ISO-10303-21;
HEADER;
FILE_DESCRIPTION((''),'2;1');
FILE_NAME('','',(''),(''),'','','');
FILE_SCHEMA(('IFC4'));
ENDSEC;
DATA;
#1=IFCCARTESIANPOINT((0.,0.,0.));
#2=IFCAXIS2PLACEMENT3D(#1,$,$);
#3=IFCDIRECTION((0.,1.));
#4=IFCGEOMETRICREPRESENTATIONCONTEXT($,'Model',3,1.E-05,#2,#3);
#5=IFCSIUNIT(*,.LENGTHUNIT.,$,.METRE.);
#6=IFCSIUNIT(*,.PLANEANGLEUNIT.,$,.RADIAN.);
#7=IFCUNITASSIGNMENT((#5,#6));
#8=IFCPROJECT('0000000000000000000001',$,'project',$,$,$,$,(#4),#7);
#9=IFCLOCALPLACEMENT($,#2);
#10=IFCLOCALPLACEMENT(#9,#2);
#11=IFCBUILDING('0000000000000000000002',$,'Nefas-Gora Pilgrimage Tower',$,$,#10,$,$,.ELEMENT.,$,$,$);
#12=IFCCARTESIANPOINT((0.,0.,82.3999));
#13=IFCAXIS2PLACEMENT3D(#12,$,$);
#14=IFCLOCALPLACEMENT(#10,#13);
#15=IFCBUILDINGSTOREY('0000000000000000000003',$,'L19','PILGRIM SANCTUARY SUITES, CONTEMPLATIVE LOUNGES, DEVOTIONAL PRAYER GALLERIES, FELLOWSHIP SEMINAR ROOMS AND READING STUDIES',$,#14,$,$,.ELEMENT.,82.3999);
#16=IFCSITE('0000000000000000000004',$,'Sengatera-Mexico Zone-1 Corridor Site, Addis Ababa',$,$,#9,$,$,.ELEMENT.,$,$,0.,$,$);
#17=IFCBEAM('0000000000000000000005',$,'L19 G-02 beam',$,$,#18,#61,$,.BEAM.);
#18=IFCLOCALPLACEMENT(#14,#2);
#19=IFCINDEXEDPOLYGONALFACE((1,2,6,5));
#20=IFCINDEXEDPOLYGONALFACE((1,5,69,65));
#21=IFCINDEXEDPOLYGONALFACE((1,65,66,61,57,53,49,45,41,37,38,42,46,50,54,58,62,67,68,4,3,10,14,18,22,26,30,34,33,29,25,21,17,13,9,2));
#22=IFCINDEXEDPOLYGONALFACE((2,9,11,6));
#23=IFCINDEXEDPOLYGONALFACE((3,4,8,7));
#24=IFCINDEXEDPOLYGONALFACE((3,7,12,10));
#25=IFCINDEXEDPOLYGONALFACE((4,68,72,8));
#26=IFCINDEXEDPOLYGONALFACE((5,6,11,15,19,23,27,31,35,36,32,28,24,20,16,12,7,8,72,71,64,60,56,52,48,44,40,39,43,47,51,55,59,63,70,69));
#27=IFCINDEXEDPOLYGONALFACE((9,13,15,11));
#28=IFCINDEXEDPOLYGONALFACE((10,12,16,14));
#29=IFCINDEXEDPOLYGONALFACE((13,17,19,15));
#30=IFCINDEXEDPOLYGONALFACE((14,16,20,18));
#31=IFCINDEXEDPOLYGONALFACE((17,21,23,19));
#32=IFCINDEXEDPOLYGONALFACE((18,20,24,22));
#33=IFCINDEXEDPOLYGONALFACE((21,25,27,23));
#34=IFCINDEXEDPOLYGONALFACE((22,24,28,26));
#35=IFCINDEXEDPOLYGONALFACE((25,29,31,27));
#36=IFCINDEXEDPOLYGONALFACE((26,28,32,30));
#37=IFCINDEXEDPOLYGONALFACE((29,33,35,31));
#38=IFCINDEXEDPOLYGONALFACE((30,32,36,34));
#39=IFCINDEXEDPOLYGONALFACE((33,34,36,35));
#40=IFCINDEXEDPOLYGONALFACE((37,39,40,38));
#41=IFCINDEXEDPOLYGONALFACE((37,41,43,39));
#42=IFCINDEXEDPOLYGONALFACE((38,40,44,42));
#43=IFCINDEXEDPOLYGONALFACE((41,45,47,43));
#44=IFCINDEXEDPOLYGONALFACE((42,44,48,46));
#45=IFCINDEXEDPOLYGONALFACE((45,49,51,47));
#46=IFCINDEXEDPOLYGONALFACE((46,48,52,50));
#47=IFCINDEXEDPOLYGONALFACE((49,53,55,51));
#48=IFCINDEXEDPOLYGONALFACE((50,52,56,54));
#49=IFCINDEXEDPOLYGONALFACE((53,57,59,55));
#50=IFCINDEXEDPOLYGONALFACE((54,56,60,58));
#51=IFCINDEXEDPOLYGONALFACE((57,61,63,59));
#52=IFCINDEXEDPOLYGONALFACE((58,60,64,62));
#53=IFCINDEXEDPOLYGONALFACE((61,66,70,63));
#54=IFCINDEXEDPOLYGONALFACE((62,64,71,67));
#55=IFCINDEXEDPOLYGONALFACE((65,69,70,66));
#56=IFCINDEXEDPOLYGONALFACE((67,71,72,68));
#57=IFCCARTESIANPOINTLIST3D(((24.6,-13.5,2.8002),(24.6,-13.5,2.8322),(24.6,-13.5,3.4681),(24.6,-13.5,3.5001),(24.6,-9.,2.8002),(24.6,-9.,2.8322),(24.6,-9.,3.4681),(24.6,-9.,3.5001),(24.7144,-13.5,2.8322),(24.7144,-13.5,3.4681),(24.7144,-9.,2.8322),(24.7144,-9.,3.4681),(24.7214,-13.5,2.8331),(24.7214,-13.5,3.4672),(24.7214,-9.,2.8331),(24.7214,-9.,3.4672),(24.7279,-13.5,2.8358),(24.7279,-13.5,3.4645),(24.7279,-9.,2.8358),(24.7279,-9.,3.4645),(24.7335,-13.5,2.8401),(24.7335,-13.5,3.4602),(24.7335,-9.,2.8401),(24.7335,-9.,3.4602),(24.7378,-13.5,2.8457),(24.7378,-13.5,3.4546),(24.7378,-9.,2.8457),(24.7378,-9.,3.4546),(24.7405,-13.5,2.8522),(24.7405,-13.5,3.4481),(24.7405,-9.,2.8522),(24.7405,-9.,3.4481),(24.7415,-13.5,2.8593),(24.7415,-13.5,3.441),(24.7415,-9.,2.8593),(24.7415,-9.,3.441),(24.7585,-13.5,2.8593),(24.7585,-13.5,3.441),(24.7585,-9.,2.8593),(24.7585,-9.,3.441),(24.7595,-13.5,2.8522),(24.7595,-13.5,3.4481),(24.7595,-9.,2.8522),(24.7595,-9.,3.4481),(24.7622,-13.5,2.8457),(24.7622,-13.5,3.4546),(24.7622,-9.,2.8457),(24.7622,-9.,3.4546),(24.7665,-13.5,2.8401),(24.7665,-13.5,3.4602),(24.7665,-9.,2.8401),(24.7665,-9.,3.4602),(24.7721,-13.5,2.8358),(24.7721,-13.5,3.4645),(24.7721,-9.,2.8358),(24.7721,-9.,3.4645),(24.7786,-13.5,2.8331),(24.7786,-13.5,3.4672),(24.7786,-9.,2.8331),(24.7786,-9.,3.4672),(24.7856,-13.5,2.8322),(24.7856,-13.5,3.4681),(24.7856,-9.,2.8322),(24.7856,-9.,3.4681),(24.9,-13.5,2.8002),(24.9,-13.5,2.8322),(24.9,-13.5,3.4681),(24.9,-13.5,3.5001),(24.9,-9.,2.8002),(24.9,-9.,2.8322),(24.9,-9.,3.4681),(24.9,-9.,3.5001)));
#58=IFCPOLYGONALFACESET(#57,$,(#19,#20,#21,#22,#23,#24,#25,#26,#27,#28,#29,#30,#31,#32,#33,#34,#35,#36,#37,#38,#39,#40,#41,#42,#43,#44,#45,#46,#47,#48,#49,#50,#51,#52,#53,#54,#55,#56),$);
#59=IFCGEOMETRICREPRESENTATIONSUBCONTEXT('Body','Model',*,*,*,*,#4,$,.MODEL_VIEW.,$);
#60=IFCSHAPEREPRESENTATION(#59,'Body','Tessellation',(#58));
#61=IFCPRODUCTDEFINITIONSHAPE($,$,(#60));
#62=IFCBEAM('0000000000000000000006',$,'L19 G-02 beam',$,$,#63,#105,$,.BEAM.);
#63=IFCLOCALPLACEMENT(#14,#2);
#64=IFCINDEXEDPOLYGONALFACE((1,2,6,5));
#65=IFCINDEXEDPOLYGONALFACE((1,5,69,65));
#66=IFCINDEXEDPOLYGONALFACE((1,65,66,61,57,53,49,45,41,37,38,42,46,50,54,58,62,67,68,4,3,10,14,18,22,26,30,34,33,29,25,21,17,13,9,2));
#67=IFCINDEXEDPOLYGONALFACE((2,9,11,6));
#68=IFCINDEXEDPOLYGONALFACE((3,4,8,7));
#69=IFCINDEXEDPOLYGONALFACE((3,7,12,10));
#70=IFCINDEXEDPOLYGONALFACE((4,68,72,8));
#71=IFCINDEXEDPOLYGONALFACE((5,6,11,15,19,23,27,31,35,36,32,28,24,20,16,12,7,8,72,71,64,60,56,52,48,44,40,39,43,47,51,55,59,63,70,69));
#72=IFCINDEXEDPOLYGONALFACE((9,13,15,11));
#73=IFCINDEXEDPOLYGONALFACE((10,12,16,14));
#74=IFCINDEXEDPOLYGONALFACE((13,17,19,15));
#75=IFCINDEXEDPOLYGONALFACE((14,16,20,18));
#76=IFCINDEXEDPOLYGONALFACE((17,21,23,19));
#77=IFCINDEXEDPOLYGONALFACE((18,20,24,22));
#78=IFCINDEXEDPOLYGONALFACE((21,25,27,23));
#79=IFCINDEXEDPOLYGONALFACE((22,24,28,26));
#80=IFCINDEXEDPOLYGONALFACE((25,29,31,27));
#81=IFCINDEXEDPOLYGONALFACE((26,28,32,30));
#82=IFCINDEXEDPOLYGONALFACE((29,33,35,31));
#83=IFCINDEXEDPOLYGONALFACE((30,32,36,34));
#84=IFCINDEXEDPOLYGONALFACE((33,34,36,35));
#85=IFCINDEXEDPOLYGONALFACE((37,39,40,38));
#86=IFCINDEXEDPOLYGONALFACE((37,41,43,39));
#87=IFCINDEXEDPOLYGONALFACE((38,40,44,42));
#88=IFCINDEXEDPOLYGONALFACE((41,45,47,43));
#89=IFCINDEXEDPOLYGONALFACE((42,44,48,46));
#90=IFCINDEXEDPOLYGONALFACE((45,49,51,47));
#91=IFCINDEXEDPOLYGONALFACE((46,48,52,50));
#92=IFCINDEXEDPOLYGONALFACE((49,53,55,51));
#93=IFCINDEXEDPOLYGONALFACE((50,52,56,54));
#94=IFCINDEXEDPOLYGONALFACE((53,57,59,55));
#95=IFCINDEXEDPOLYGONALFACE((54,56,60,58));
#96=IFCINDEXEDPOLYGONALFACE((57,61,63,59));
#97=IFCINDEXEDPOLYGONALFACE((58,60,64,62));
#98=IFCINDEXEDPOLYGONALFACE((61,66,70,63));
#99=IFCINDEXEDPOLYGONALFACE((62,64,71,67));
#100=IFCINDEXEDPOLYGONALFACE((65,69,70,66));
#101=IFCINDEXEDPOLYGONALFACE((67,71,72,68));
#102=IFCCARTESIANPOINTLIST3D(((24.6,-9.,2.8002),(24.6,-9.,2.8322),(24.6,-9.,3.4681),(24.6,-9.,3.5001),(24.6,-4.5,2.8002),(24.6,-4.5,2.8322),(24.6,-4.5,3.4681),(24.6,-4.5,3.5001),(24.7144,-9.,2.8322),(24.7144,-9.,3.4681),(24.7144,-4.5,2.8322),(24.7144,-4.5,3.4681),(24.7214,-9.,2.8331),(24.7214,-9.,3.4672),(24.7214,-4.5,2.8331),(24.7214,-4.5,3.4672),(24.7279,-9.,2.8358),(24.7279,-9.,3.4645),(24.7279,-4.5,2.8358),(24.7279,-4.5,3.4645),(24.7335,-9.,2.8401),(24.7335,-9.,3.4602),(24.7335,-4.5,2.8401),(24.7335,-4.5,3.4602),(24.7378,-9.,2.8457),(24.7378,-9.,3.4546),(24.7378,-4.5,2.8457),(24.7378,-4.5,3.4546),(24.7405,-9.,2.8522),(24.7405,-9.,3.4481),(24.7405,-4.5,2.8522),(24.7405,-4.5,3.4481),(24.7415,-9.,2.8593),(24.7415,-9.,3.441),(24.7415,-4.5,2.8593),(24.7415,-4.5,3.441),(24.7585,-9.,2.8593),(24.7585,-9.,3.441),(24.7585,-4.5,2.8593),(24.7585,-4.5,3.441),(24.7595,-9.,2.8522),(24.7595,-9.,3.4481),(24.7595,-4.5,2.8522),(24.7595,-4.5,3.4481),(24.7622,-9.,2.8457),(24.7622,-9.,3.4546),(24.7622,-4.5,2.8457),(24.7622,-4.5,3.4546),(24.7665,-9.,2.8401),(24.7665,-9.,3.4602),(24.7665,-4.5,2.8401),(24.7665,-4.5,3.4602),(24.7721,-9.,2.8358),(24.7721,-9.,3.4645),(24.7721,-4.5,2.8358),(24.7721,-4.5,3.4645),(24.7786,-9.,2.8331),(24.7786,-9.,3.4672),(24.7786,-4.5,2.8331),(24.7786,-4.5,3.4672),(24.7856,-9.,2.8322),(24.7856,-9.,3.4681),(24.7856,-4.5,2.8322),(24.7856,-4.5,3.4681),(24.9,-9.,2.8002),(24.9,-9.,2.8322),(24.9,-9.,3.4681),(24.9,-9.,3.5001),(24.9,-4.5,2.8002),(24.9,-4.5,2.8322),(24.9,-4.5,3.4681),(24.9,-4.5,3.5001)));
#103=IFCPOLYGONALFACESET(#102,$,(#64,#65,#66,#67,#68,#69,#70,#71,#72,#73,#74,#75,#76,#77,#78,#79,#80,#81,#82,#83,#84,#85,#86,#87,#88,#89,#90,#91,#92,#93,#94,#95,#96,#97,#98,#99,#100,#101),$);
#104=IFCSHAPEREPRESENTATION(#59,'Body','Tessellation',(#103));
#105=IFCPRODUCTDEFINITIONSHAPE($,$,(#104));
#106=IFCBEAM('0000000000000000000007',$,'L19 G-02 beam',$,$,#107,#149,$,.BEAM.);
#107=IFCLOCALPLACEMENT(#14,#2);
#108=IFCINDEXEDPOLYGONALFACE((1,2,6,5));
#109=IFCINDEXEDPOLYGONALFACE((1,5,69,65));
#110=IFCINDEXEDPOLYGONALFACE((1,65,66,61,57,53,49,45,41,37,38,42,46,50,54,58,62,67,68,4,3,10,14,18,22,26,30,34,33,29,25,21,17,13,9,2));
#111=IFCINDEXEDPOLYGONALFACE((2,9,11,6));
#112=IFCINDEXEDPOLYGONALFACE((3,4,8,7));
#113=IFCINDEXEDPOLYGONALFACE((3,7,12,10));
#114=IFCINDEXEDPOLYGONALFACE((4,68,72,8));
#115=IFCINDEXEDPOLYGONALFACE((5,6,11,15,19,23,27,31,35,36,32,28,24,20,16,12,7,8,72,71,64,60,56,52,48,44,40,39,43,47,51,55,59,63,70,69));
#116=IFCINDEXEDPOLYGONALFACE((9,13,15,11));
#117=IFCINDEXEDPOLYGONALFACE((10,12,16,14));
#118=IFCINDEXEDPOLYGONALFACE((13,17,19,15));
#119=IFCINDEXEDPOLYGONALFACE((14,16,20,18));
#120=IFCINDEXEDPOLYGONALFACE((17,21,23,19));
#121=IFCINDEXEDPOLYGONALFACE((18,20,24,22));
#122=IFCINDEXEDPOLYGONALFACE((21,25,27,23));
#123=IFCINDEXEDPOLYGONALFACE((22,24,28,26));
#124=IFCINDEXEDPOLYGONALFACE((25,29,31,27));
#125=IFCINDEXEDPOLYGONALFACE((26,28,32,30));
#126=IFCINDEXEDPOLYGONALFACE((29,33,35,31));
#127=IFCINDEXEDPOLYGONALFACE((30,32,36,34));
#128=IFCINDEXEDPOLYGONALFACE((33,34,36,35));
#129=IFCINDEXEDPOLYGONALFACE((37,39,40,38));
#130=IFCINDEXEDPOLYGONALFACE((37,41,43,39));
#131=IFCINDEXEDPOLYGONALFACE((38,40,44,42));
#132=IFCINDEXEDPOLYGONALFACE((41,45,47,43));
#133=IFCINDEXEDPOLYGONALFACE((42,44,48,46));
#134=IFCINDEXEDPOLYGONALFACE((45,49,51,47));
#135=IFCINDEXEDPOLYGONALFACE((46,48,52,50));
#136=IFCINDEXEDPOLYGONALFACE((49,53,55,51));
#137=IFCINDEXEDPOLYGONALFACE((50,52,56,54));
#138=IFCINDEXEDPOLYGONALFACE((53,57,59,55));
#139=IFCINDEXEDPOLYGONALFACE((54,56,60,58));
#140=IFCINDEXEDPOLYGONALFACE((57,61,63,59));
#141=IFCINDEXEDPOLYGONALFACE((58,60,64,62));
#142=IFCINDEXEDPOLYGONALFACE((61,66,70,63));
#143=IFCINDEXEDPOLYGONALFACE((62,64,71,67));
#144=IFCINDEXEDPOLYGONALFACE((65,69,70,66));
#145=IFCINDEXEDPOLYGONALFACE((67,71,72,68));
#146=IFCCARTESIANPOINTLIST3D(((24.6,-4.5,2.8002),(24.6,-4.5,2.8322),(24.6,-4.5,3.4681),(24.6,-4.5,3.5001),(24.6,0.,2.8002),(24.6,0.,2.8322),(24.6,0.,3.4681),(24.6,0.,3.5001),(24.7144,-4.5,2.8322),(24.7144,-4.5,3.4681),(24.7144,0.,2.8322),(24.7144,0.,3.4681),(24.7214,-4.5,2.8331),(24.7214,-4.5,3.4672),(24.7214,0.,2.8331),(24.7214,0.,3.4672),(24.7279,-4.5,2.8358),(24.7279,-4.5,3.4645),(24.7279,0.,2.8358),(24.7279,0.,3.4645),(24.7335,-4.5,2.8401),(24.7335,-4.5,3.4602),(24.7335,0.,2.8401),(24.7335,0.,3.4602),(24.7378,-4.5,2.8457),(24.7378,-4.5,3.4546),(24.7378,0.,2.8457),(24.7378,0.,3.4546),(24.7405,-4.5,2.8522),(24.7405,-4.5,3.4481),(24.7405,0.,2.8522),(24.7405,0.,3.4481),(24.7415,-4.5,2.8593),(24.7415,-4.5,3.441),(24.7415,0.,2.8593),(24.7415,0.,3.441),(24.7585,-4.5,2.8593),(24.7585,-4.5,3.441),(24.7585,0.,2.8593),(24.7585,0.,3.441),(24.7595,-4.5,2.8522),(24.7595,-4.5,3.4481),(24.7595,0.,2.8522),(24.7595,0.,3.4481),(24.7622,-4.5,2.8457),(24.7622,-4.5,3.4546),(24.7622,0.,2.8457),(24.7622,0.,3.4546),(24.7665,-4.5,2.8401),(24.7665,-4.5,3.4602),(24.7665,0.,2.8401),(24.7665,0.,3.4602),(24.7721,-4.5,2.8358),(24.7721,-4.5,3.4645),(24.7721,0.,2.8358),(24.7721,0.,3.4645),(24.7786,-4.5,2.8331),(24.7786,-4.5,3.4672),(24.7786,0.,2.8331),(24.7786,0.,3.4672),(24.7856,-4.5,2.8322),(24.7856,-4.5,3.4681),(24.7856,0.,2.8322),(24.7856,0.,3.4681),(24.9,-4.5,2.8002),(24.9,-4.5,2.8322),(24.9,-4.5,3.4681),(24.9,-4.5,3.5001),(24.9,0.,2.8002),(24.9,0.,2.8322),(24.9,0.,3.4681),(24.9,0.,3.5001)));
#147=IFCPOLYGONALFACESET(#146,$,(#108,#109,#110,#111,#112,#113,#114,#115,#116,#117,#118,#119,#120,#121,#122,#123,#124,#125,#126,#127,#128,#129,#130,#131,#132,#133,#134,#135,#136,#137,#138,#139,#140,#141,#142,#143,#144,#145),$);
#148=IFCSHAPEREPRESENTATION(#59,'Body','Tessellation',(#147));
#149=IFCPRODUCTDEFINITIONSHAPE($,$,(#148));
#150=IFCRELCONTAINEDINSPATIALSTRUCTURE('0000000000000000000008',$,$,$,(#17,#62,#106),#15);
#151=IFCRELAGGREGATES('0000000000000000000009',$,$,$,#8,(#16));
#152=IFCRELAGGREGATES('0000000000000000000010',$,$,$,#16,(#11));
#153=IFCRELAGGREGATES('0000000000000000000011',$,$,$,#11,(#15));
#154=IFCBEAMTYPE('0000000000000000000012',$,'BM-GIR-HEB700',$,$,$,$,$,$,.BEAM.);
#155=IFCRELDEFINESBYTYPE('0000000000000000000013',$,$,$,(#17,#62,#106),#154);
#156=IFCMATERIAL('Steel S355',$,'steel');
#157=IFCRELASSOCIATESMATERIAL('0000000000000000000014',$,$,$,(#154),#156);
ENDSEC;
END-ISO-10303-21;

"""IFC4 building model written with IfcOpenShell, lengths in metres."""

from ifc_helpers import new_model, si_unit, direction, frame, origin, origin_2d, place, context, subcontext, project, spatial, i_section, extrude, source, transform, mapped, material, material_profile, profile_set, type_object, element, save


model = new_model("IFC4")

# Units and contexts
model_context = context("Model", 3, precision=1e-05, world=origin(), true_north=direction((0.0, 1.0)))
body_context = subcontext(model_context, "Body", "Model", "MODEL_VIEW")
ifc_project = project(units=[si_unit("LENGTHUNIT", "METRE"), si_unit("PLANEANGLEUNIT", "RADIAN")], contexts=[model_context])

# Site, building, storey
site_placement = place(None, origin())
site = spatial("IfcSite", under=ifc_project, at=site_placement, Name="Sengatera-Mexico Zone-1 Corridor Site, Addis Ababa", CompositionType="ELEMENT", RefElevation=0.0)
building_placement = place(site_placement, origin())
building = spatial("IfcBuilding", under=site, at=building_placement, Name="Nefas-Gora Pilgrimage Tower", CompositionType="ELEMENT")
storey_placement = place(building_placement, frame((0.0, 0.0, 82.3999)))
storey = spatial("IfcBuildingStorey", under=building, at=storey_placement, Name="L19", Description="PILGRIM SANCTUARY SUITES, CONTEMPLATIVE LOUNGES, DEVOTIONAL PRAYER GALLERIES, FELLOWSHIP SEMINAR ROOMS AND READING STUDIES", CompositionType="ELEMENT", Elevation=82.3999)

# Beams
ifc_material_1 = material(Name="Steel S355", Category="steel")
ifc_material_profile_1 = material_profile(ifc_material_1, i_section(OverallWidth=0.3, OverallDepth=0.7, WebThickness=0.0171, FlangeThickness=0.032, FilletRadius=0.0271, at=origin_2d()), Name="HEB 700")
ifc_profile_set_1 = profile_set([ifc_material_profile_1], Name="Steel S355")
beam_type_1 = type_object("IfcBeamType", Name="BM-GIR-HEB700", PredefinedType="BEAM", material=ifc_profile_set_1)
shared_shape_1 = source(origin(), body_context, "Body", "SweptSolid", [
    extrude(i_section(OverallWidth=0.3, OverallDepth=0.7, WebThickness=0.0171, FlangeThickness=0.032, FilletRadius=0.0271, at=origin_2d()), origin(), (0.0, 0.0, 1.0), 4.5),
])
for number, where, z_axis, x_axis, name in (
    (1, (24.75, -13.5, 3.1501), (0.0, 1.0, 0.0), (-1.0, 0.0, 0.0), "L19 G-02 beam"),
    (2, (24.75, -9.0, 3.1501), (0.0, 1.0, 0.0), (-1.0, 0.0, 0.0), "L19 G-02 beam"),
    (3, (24.75, -4.5, 3.1501), (0.0, 1.0, 0.0), (-1.0, 0.0, 0.0), "L19 G-02 beam"),
):
    element("IfcBeam", number, at=place(storey_placement, frame(where, z_axis=z_axis, x_axis=x_axis)), inside=storey, type_object=beam_type_1, Name=name, PredefinedType="BEAM", context=body_context, shape_type="MappedRepresentation", body=[
        mapped(shared_shape_1, transform((0.0, 0.0, 0.0), x_axis=(1.0, 0.0, 0.0), y_axis=(0.0, 1.0, 0.0), z_axis=(0.0, 0.0, 1.0), scale=1.0)),
    ])

save(model, "model.ifc")
